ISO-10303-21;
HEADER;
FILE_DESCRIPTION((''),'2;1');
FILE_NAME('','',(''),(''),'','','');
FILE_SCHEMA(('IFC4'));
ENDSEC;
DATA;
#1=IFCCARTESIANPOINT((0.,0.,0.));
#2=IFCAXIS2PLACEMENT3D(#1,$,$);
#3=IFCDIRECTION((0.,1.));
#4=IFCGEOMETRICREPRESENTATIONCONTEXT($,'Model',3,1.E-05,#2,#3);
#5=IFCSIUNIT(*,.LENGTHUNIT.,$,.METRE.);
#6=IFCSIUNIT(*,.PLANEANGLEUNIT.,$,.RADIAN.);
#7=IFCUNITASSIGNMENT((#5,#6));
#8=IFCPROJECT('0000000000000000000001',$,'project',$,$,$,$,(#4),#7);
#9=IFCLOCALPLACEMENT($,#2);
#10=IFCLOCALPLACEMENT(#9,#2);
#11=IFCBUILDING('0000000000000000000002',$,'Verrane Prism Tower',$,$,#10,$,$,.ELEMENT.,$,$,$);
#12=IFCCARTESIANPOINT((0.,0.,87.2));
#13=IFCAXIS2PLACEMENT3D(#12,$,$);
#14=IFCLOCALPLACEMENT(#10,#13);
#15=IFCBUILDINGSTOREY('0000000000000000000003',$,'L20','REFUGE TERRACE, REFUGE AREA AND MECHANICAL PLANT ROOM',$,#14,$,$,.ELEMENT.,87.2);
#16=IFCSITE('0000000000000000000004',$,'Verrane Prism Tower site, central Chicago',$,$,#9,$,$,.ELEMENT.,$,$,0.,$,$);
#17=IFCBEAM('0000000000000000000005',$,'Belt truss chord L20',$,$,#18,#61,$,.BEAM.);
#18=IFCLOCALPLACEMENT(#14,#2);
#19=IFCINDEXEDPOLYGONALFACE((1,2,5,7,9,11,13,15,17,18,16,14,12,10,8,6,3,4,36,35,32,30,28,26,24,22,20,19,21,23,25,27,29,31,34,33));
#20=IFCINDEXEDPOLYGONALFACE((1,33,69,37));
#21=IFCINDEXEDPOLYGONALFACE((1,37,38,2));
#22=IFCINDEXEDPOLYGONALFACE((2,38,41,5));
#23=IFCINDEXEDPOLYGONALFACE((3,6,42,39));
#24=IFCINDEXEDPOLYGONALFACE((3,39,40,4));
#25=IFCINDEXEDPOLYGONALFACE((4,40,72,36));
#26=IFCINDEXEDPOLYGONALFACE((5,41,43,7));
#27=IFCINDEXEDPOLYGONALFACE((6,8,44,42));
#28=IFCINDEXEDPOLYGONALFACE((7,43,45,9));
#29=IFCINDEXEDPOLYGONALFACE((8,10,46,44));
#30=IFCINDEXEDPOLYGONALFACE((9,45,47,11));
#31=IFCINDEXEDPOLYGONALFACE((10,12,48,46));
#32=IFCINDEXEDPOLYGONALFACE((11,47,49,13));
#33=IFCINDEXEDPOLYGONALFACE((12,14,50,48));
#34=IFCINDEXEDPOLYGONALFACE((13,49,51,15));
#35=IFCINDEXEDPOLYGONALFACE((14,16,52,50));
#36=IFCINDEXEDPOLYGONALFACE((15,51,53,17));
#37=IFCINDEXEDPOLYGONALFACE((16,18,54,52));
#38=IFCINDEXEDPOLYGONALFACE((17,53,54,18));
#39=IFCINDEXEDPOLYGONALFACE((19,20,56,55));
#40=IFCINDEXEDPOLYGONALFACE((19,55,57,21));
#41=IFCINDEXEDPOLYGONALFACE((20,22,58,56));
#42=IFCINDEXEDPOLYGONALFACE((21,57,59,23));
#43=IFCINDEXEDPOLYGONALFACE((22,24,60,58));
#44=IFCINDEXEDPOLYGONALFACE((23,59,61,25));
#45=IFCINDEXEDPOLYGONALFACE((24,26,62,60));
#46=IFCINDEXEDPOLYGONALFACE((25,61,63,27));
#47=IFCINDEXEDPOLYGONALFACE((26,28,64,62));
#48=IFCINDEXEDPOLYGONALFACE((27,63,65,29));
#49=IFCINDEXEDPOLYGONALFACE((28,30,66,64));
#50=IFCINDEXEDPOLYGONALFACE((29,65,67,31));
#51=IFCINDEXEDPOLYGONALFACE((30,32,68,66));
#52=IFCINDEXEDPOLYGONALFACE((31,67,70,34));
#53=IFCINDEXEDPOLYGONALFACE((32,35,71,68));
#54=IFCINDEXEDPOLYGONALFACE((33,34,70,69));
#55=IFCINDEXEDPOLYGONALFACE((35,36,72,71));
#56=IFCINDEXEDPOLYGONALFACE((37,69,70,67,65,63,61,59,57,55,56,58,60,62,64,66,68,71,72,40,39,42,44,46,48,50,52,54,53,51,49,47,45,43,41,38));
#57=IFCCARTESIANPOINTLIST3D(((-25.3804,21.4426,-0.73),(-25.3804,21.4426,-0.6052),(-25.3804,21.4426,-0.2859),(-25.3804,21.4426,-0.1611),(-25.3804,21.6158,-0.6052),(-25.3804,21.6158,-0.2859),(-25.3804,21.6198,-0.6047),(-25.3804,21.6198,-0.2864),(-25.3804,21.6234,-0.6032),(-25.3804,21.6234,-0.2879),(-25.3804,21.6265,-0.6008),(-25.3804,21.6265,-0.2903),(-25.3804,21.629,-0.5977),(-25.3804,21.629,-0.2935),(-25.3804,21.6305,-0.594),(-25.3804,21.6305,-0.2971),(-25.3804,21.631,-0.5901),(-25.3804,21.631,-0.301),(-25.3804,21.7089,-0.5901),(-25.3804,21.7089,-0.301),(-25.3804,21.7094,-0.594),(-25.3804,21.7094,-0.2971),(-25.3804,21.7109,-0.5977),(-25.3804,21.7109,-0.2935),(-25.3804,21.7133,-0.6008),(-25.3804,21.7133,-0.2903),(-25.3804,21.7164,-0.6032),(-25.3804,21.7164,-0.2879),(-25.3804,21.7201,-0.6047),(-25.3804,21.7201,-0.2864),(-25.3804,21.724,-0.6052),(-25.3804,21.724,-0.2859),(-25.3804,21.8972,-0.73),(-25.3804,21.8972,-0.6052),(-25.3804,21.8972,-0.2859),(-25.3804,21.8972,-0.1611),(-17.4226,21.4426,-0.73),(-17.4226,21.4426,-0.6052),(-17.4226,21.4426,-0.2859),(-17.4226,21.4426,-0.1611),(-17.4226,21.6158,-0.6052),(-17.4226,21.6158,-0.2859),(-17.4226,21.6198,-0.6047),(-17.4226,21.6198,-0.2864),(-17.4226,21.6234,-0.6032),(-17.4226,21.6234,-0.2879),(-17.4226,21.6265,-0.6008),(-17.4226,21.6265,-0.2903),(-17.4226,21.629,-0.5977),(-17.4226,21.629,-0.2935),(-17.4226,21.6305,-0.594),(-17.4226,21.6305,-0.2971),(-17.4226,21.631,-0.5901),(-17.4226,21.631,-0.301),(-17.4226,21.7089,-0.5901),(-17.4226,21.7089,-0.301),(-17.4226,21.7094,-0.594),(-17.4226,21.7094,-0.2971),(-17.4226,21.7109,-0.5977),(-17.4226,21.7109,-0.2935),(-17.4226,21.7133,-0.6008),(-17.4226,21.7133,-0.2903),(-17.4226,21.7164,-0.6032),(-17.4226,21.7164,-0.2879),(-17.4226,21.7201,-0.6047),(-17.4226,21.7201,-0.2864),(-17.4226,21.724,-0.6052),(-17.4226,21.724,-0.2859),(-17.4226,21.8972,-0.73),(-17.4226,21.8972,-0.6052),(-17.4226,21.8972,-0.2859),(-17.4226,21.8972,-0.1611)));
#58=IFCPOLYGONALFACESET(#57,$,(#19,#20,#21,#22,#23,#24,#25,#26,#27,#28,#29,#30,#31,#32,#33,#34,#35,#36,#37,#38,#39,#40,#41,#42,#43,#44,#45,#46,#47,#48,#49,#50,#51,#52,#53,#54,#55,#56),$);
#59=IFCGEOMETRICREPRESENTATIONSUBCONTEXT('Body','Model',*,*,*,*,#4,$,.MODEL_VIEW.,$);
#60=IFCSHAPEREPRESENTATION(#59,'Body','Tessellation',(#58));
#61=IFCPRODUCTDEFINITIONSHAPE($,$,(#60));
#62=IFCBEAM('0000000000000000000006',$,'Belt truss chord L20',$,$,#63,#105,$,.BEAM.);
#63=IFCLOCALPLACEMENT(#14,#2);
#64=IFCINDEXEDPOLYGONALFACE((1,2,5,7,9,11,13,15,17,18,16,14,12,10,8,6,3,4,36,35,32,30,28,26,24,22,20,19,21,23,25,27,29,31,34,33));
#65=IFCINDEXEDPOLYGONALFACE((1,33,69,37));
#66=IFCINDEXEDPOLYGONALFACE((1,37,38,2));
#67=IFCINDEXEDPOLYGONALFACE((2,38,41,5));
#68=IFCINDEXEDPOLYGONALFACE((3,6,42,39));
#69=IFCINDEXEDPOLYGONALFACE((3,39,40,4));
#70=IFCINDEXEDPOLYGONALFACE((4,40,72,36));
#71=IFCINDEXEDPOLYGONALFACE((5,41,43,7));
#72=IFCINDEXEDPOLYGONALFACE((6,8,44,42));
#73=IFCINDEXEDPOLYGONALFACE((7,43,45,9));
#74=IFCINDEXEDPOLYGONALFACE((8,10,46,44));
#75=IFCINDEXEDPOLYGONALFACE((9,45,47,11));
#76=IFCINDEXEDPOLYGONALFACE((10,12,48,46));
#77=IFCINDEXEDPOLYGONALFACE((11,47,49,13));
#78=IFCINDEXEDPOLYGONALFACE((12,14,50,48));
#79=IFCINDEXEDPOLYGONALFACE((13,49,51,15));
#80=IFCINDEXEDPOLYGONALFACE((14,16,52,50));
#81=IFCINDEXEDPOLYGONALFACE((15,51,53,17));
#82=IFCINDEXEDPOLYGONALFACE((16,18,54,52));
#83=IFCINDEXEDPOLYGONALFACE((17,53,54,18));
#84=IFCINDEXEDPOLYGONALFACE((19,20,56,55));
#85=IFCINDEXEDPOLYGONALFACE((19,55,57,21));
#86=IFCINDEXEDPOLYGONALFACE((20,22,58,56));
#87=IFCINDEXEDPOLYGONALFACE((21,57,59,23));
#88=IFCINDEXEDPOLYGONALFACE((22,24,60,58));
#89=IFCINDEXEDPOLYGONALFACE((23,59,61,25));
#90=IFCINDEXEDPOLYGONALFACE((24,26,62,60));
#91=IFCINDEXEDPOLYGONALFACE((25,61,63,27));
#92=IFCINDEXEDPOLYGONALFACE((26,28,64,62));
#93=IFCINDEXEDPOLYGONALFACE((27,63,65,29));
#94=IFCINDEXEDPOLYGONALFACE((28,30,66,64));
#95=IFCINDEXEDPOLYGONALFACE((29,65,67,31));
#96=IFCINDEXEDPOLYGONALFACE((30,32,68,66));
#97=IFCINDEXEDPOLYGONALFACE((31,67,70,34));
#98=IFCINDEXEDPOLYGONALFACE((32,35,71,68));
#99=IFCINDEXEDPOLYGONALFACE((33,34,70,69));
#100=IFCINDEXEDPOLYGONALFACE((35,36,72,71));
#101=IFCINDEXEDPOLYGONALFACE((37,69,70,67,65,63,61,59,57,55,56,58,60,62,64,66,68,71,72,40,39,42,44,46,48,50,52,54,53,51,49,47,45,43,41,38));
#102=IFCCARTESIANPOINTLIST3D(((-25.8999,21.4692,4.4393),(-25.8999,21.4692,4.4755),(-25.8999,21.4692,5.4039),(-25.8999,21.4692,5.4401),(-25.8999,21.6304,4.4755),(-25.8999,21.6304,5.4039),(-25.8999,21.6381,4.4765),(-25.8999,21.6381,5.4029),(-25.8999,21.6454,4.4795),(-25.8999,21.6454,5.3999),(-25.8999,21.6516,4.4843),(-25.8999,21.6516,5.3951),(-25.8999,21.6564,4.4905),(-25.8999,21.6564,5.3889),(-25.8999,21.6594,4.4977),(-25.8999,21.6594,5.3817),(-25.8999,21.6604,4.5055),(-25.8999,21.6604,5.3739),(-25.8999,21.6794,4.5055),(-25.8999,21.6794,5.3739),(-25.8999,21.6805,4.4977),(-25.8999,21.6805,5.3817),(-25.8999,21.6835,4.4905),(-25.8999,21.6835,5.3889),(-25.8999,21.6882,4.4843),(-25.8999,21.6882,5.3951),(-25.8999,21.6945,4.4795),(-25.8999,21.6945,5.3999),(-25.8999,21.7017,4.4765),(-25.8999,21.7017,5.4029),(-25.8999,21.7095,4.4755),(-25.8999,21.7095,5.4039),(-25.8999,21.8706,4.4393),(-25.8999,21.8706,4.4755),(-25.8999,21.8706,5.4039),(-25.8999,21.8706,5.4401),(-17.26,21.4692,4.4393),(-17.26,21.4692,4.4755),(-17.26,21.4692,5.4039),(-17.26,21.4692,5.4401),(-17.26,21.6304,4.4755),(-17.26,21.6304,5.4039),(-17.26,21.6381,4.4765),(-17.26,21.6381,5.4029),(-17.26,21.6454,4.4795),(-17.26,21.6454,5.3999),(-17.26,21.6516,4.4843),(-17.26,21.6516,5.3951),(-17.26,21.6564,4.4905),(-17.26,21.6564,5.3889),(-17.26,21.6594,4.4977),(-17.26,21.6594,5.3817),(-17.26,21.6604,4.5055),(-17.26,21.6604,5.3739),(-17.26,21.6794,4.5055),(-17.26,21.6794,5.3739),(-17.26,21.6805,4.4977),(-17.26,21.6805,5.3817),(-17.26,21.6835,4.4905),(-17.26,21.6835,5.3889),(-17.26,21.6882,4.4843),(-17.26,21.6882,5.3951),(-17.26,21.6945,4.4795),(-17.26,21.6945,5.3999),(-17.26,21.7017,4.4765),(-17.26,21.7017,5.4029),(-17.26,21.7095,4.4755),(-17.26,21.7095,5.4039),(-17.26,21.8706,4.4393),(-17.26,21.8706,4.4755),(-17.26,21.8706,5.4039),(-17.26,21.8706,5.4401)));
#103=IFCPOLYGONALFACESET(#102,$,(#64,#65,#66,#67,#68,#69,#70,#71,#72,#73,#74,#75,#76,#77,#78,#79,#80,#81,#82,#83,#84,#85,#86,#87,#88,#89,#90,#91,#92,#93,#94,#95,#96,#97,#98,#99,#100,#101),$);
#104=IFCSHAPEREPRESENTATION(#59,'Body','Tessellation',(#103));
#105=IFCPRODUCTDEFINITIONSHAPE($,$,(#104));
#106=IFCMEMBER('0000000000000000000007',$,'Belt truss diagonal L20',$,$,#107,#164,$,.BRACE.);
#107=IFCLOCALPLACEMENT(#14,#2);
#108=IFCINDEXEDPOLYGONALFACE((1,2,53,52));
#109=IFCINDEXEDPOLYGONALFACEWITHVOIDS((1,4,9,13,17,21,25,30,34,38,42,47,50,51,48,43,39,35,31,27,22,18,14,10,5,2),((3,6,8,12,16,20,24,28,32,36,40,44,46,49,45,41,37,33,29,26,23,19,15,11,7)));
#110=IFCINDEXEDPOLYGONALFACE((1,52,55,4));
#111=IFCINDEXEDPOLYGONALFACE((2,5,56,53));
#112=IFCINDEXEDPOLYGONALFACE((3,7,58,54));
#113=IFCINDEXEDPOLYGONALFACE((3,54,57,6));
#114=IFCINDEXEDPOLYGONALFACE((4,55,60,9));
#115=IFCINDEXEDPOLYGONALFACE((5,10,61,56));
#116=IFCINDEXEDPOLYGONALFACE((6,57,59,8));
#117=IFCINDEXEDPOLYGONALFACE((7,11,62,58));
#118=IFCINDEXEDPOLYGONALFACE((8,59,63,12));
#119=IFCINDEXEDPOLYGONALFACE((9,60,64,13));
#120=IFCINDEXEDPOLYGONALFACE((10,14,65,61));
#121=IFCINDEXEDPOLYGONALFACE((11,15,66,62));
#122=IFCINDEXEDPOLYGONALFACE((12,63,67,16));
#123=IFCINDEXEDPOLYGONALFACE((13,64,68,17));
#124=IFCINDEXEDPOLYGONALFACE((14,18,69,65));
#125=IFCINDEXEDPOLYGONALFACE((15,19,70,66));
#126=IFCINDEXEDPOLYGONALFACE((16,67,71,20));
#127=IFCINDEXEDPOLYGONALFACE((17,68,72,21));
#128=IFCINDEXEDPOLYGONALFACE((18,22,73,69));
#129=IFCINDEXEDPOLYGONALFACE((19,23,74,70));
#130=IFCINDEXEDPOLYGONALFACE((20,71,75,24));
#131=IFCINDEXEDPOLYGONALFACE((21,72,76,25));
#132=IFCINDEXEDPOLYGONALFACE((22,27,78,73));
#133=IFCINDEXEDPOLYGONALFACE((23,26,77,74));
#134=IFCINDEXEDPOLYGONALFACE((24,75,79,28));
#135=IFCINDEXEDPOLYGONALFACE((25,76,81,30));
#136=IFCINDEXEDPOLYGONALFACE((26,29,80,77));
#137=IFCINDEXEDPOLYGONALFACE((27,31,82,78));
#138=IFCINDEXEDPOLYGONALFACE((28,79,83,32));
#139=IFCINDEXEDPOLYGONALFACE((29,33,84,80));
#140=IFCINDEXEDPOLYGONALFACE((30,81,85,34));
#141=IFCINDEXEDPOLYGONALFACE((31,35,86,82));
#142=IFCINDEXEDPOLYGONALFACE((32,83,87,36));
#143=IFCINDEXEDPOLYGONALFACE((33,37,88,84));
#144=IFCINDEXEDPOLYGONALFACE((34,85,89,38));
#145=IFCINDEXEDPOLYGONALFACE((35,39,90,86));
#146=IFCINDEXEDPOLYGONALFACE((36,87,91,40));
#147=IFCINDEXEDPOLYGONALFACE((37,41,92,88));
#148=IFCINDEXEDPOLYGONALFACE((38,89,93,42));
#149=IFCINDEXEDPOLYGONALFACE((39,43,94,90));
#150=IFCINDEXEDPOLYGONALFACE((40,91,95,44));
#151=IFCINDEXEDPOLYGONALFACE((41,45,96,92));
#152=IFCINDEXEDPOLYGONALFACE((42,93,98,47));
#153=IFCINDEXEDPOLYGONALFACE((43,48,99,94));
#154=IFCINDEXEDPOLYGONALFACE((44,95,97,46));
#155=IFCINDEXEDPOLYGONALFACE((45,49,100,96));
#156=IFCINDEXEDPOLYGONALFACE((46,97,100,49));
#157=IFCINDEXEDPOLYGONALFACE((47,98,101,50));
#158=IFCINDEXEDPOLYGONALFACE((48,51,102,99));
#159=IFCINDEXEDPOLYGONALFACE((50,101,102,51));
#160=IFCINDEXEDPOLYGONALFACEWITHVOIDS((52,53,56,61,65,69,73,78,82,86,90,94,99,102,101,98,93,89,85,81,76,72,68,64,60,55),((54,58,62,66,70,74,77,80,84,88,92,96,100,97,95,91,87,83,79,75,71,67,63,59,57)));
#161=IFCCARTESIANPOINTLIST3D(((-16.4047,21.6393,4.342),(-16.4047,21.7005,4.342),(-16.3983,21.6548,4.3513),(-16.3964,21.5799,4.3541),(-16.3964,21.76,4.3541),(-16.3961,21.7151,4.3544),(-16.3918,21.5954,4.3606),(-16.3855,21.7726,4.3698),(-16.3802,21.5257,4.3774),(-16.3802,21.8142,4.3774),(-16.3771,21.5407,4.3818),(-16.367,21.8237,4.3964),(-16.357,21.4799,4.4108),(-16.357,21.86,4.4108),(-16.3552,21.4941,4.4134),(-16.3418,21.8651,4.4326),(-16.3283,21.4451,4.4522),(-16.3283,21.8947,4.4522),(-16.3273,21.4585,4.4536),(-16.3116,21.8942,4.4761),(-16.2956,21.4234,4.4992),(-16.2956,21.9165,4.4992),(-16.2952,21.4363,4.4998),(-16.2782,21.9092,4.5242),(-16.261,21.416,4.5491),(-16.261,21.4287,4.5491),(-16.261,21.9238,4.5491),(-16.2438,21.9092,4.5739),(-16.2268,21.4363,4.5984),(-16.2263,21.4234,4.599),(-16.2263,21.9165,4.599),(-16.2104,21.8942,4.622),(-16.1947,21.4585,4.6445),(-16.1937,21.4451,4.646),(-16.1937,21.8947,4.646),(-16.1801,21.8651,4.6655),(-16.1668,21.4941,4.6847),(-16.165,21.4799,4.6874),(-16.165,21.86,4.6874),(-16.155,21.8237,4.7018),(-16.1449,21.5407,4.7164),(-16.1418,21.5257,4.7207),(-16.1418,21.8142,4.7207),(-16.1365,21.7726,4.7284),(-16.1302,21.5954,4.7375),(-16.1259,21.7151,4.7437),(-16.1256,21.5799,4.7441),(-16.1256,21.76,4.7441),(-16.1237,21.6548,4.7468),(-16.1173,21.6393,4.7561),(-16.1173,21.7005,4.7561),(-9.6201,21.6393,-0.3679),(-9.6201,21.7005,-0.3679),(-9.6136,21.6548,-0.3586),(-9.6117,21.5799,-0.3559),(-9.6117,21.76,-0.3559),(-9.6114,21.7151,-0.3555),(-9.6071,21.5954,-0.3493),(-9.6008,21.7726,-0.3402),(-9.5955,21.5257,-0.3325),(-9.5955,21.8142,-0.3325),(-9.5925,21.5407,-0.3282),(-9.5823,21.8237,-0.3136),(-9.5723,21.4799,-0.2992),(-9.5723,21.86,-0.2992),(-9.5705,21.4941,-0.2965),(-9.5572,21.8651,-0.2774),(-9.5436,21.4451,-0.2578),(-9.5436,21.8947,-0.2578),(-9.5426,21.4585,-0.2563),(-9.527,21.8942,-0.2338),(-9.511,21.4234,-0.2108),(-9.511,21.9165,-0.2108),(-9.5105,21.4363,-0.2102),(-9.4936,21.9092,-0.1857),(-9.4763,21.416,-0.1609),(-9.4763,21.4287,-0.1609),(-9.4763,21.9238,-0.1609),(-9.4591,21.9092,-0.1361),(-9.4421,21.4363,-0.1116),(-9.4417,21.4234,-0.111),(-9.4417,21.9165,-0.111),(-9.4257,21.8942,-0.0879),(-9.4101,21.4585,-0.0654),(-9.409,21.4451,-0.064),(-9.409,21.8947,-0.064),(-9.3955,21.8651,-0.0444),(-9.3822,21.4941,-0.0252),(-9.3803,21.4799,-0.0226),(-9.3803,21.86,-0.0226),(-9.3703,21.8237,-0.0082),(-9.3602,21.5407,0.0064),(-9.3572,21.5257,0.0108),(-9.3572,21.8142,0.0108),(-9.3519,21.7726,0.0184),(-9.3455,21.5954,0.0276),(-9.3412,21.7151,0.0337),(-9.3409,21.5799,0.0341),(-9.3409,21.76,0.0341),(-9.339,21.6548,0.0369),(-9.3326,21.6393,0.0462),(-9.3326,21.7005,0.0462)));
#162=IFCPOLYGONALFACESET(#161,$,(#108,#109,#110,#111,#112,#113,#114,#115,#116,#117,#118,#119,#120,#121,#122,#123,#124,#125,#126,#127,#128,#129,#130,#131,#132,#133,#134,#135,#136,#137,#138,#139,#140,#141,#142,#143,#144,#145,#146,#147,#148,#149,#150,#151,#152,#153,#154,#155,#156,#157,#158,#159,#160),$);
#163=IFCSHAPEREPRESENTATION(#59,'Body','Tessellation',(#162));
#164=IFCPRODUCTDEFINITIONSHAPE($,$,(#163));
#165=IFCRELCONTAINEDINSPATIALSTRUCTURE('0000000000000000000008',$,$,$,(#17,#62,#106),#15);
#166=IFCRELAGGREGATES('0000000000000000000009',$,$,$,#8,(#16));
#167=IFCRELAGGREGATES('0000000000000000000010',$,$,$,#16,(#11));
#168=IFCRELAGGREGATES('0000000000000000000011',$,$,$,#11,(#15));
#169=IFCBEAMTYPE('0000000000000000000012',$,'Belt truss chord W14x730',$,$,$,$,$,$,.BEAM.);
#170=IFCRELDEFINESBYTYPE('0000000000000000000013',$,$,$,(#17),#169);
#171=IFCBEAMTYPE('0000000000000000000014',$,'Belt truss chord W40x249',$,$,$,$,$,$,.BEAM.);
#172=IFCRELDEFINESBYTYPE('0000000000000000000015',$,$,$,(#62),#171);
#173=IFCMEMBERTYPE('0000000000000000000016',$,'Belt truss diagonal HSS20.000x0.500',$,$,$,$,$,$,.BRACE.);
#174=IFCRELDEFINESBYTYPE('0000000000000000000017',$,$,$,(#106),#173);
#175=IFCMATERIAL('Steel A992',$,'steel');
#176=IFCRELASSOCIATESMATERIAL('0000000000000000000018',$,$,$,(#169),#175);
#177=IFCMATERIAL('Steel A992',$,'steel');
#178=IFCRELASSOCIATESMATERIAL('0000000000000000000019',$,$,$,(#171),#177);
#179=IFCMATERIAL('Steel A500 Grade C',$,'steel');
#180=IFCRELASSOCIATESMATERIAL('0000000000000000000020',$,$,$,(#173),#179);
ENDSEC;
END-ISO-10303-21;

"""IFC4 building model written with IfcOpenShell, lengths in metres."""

from ifc_helpers import new_model, si_unit, direction, frame, origin, origin_2d, place, context, subcontext, project, spatial, hollow_circle, i_section, extrude, material, material_profile, profile_set, type_object, element, save


model = new_model("IFC4")

# Units and contexts
model_context = context("Model", 3, precision=1e-05, world=origin(), true_north=direction((0.0, 1.0)))
body_context = subcontext(model_context, "Body", "Model", "MODEL_VIEW")
ifc_project = project(units=[si_unit("LENGTHUNIT", "METRE"), si_unit("PLANEANGLEUNIT", "RADIAN")], contexts=[model_context])

# Site, building, storey
site_placement = place(None, origin())
site = spatial("IfcSite", under=ifc_project, at=site_placement, Name="Verrane Prism Tower site, central Chicago", CompositionType="ELEMENT", RefElevation=0.0)
building_placement = place(site_placement, origin())
building = spatial("IfcBuilding", under=site, at=building_placement, Name="Verrane Prism Tower", CompositionType="ELEMENT")
storey_placement = place(building_placement, frame((0.0, 0.0, 87.2)))
storey = spatial("IfcBuildingStorey", under=building, at=storey_placement, Name="L20", Description="REFUGE TERRACE, REFUGE AREA AND MECHANICAL PLANT ROOM", CompositionType="ELEMENT", Elevation=87.2)

# Beams
ifc_material_1 = material(Name="Steel A992", Category="steel")
ifc_material_profile_1 = material_profile(ifc_material_1, i_section(OverallWidth=0.4546, OverallDepth=0.5688, WebThickness=0.0779, FlangeThickness=0.1248, FilletRadius=0.0151, at=origin_2d()), Name="W14x730")
ifc_profile_set_1 = profile_set([ifc_material_profile_1], Name="Steel A992")
beam_type_1 = type_object("IfcBeamType", Name="Belt truss chord W14x730", PredefinedType="BEAM", material=ifc_profile_set_1)
beam_1_placement = place(storey_placement, frame((-17.4226, 21.6699, -0.4456), z_axis=(-1.0, 0.0, 0.0), x_axis=(0.0, -1.0, 0.0)))
element("IfcBeam", 1, at=beam_1_placement, inside=storey, type_object=beam_type_1, Name="Belt truss chord L20", PredefinedType="BEAM", context=body_context, shape_type="SweptSolid", body=[
    extrude(i_section(OverallWidth=0.4546, OverallDepth=0.5688, WebThickness=0.0779, FlangeThickness=0.1248, FilletRadius=0.0151, at=origin_2d()), origin(), (0.0, 0.0, 1.0), 7.9578),
])
ifc_material_2 = material(Name="Steel A992", Category="steel")
ifc_material_profile_2 = material_profile(ifc_material_2, i_section(OverallWidth=0.4014, OverallDepth=1.0007, WebThickness=0.019, FlangeThickness=0.0361, FilletRadius=0.03, at=origin_2d()), Name="W40x249")
ifc_profile_set_2 = profile_set([ifc_material_profile_2], Name="Steel A992")
beam_type_2 = type_object("IfcBeamType", Name="Belt truss chord W40x249", PredefinedType="BEAM", material=ifc_profile_set_2)
beam_2_placement = place(storey_placement, frame((-17.26, 21.6699, 4.9397), z_axis=(-1.0, 0.0, 0.0), x_axis=(0.0, -1.0, 0.0)))
element("IfcBeam", 2, at=beam_2_placement, inside=storey, type_object=beam_type_2, Name="Belt truss chord L20", PredefinedType="BEAM", context=body_context, shape_type="SweptSolid", body=[
    extrude(i_section(OverallWidth=0.4014, OverallDepth=1.0007, WebThickness=0.019, FlangeThickness=0.0361, FilletRadius=0.03, at=origin_2d()), origin(), (0.0, 0.0, 1.0), 8.6399),
])

# Member
ifc_material_3 = material(Name="Steel A500 Grade C", Category="steel")
ifc_material_profile_3 = material_profile(ifc_material_3, hollow_circle(Radius=0.2539, WallThickness=0.0127, at=origin_2d()), Name="HSS20.000x0.500")
ifc_profile_set_3 = profile_set([ifc_material_profile_3], Name="Steel A500 Grade C")
member_type_1 = type_object("IfcMemberType", Name="Belt truss diagonal HSS20.000x0.500", PredefinedType="BRACE", material=ifc_profile_set_3)
member_1_placement = place(storey_placement, frame((-9.4763, 21.6699, -0.1609), z_axis=(-0.821462, 0.0, 0.570264), x_axis=(0.0, -1.0, 0.0)))
element("IfcMember", 3, at=member_1_placement, inside=storey, type_object=member_type_1, Name="Belt truss diagonal L20", PredefinedType="BRACE", context=body_context, shape_type="SweptSolid", body=[
    extrude(hollow_circle(Radius=0.2539, WallThickness=0.0127, at=origin_2d()), origin(), (0.0, 0.0, 1.0), 8.2593),
])

save(model, "model.ifc")
